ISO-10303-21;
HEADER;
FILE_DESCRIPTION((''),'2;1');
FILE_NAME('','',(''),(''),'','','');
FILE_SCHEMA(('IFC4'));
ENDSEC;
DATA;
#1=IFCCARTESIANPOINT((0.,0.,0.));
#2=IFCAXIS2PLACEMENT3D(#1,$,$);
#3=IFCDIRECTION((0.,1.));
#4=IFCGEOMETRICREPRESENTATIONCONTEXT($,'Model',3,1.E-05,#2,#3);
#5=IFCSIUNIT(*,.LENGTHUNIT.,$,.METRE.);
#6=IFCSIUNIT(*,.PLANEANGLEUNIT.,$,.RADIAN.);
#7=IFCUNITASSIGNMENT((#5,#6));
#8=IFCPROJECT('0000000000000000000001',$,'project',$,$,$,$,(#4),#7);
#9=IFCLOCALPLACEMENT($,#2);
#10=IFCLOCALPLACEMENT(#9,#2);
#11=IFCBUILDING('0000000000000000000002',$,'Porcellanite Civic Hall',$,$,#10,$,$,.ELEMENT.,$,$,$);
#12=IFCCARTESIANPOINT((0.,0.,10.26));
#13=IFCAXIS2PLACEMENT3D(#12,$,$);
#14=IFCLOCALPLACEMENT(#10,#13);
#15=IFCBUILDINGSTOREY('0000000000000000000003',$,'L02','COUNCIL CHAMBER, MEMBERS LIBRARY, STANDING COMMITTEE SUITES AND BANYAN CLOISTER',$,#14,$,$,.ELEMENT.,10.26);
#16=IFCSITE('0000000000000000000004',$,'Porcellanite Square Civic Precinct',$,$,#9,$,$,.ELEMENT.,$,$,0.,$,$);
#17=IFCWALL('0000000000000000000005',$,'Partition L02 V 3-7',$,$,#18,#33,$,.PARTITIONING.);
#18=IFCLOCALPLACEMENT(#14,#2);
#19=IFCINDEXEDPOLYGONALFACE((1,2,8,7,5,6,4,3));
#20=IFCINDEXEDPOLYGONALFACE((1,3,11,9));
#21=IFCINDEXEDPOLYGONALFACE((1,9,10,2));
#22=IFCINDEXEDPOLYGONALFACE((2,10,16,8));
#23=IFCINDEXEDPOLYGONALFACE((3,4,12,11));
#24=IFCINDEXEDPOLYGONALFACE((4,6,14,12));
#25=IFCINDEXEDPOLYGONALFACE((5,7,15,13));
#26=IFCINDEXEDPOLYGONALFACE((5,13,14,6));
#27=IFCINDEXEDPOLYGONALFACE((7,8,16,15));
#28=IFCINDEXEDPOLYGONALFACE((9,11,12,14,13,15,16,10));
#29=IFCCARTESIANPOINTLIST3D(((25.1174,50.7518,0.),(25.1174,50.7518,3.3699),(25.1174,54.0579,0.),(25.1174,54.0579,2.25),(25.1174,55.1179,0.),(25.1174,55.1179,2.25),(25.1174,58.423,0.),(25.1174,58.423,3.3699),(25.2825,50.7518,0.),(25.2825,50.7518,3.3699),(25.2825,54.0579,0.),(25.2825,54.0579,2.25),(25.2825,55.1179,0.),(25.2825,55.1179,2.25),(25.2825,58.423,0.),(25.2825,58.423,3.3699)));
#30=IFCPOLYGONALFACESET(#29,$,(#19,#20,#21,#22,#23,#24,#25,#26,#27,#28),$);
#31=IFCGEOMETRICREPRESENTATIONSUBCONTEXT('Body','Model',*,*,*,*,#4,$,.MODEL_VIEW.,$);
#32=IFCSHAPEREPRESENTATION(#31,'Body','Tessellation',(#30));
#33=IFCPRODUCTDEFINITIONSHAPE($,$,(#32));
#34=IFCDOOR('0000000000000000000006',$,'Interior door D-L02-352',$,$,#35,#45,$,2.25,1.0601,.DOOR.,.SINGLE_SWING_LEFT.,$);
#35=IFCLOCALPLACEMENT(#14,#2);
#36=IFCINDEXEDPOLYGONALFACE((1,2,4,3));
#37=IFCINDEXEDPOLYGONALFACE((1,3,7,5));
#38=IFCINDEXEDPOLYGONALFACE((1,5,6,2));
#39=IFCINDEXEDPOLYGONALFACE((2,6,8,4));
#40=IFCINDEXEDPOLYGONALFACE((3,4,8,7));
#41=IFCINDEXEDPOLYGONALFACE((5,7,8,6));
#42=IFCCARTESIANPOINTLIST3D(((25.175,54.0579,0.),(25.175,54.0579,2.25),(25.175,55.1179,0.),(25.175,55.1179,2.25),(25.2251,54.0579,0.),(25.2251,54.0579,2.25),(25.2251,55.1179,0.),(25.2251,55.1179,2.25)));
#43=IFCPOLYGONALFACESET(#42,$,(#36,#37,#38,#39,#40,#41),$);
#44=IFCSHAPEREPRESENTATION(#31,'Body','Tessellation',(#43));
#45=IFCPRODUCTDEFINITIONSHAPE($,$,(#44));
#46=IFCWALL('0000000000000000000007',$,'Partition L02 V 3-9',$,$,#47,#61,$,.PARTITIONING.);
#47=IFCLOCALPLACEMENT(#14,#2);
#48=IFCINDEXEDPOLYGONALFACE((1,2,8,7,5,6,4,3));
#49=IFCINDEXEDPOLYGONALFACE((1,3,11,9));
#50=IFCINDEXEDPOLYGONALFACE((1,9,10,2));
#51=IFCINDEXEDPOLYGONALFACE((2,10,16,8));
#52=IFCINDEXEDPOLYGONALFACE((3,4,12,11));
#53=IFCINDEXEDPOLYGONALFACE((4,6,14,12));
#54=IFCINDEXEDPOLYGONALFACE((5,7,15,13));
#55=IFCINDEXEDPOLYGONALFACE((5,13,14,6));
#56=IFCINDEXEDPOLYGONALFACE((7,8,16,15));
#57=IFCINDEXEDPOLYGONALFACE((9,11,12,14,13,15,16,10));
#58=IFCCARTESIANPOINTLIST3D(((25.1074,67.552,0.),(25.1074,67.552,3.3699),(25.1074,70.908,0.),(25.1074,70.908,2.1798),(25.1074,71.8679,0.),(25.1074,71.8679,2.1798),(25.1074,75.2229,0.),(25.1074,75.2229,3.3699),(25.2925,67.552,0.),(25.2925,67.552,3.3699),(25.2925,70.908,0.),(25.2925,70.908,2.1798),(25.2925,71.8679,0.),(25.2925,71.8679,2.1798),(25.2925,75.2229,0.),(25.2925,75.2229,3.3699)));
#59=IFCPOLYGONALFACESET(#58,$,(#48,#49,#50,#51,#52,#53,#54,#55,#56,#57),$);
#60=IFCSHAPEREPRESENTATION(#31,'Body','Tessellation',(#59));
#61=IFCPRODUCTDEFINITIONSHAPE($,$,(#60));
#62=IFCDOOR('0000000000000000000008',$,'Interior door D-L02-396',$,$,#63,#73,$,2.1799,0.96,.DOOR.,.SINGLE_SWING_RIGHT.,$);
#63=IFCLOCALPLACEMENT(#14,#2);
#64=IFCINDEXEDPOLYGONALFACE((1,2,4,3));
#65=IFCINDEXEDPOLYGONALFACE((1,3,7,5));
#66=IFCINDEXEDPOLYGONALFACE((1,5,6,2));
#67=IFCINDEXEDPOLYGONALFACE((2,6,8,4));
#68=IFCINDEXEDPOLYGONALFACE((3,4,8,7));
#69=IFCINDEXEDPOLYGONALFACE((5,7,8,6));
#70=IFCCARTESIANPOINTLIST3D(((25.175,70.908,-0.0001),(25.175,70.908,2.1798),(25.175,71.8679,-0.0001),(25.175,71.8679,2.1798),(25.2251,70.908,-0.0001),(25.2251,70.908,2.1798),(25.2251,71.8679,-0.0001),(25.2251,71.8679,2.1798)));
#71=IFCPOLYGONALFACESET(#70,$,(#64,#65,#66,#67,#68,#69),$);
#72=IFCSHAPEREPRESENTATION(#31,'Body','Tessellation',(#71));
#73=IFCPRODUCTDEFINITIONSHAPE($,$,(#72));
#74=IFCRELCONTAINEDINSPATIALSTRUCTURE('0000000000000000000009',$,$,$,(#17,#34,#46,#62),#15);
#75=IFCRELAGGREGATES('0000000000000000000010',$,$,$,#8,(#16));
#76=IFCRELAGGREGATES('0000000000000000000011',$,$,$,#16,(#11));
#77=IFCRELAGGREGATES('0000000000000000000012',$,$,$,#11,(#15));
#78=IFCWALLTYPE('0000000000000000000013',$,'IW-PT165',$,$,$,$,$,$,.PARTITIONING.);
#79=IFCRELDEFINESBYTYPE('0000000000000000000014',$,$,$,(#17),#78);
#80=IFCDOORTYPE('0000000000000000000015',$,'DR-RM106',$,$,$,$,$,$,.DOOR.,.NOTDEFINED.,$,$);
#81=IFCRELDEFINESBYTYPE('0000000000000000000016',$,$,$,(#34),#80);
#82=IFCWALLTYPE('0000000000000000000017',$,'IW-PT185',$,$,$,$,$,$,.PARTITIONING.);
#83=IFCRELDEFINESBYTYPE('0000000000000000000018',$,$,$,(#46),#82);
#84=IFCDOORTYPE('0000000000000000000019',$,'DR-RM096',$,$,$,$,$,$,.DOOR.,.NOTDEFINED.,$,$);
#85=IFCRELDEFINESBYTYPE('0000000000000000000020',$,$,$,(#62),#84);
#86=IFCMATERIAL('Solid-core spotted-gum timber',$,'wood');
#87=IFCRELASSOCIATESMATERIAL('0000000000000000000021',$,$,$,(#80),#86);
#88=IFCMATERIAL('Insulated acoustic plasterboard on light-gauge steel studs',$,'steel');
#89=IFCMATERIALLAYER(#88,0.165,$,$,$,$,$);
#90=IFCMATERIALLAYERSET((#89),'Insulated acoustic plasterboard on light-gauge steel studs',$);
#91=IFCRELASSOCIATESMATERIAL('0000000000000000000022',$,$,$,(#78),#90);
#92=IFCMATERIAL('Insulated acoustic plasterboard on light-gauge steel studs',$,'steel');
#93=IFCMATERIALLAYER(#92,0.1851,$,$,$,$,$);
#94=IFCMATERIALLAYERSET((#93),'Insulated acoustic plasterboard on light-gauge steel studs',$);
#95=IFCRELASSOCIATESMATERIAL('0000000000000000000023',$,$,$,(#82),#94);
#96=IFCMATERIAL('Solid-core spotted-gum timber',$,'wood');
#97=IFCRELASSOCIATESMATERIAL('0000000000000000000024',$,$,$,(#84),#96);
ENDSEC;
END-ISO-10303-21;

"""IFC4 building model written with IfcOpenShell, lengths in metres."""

from ifc_helpers import new_model, si_unit, direction, frame, frame_2d, origin, place, context, subcontext, project, spatial, rectangle, extrude, material, layer, layer_set, type_object, element, fill, save


model = new_model("IFC4")

# Units and contexts
model_context = context("Model", 3, precision=1e-05, world=origin(), true_north=direction((0.0, 1.0)))
body_context = subcontext(model_context, "Body", "Model", "MODEL_VIEW")
ifc_project = project(units=[si_unit("LENGTHUNIT", "METRE"), si_unit("PLANEANGLEUNIT", "RADIAN")], contexts=[model_context])

# Site, building, storey
site_placement = place(None, origin())
site = spatial("IfcSite", under=ifc_project, at=site_placement, Name="Porcellanite Square Civic Precinct", CompositionType="ELEMENT", RefElevation=0.0)
building_placement = place(site_placement, origin())
building = spatial("IfcBuilding", under=site, at=building_placement, Name="Porcellanite Civic Hall", CompositionType="ELEMENT")
storey_placement = place(building_placement, frame((0.0, 0.0, 10.26)))
storey = spatial("IfcBuildingStorey", under=building, at=storey_placement, Name="L02", Description="COUNCIL CHAMBER, MEMBERS LIBRARY, STANDING COMMITTEE SUITES AND BANYAN CLOISTER", CompositionType="ELEMENT", Elevation=10.26)

# Walls, openings, doors
ifc_material_1 = material(Name="Solid-core spotted-gum timber", Category="wood")
door_type_1 = type_object("IfcDoorType", Name="DR-RM106", OperationType="NOTDEFINED", PredefinedType="DOOR", material=ifc_material_1)
ifc_material_2 = material(Name="Insulated acoustic plasterboard on light-gauge steel studs", Category="steel")
ifc_layer_1 = layer(ifc_material_2, 0.165)
ifc_layer_set_1 = layer_set([ifc_layer_1], Name="Insulated acoustic plasterboard on light-gauge steel studs")
wall_type_1 = type_object("IfcWallType", Name="IW-PT165", PredefinedType="PARTITIONING", material=ifc_layer_set_1)
wall_1_placement = place(storey_placement, frame((25.2, 50.752, 0.0), z_axis=(0.0, 0.0, 1.0), x_axis=(0.0, 1.0, 0.0)))
wall_1 = element("IfcWall", 1, at=wall_1_placement, inside=storey, type_object=wall_type_1, Name="Partition L02 V 3-7", PredefinedType="PARTITIONING", context=body_context, shape_type="SweptSolid", body=[
    extrude(rectangle(XDim=7.6711, YDim=0.165, at=frame_2d((3.8354, 0.0))), origin(), (0.0, 0.0, 1.0), 3.3699),
])
opening_1_placement = place(wall_1_placement, frame((3.3059, 0.0, 0.0)))
opening_1 = element("IfcOpeningElement", 2, at=opening_1_placement, cuts=wall_1, PredefinedType="OPENING", context=body_context, shape_type="SweptSolid", body=[
    extrude(rectangle(XDim=1.0601, YDim=2.25, at=frame_2d((0.53, 1.125))), frame((0.0, 0.0825, 0.0), z_axis=(0.0, -1.0, 0.0), x_axis=(1.0, 0.0, 0.0)), (0.0, 0.0, 1.0), 0.165),
])
door_1_placement = place(opening_1_placement, origin())
door_1 = element("IfcDoor", 3, at=door_1_placement, inside=storey, type_object=door_type_1, Name="Interior door D-L02-352", OperationType="SINGLE_SWING_LEFT", OverallHeight=2.25, OverallWidth=1.0601, PredefinedType="DOOR", context=body_context, shape_type="SweptSolid", body=[
    extrude(rectangle(XDim=1.0601, YDim=2.25, at=frame_2d((0.53, 1.125))), frame((0.0, 0.0249, 0.0), z_axis=(0.0, -1.0, 0.0), x_axis=(1.0, 0.0, 0.0)), (0.0, 0.0, 1.0), 0.05),
])
fill(opening_1, door_1)
ifc_material_3 = material(Name="Insulated acoustic plasterboard on light-gauge steel studs", Category="steel")
ifc_layer_2 = layer(ifc_material_3, 0.1851)
ifc_layer_set_2 = layer_set([ifc_layer_2], Name="Insulated acoustic plasterboard on light-gauge steel studs")
wall_type_2 = type_object("IfcWallType", Name="IW-PT185", PredefinedType="PARTITIONING", material=ifc_layer_set_2)
wall_2_placement = place(storey_placement, frame((25.2, 67.552, 0.0), z_axis=(0.0, 0.0, 1.0), x_axis=(0.0, 1.0, 0.0)))
wall_2 = element("IfcWall", 4, at=wall_2_placement, inside=storey, type_object=wall_type_2, Name="Partition L02 V 3-9", PredefinedType="PARTITIONING", context=body_context, shape_type="SweptSolid", body=[
    extrude(rectangle(XDim=7.6709, YDim=0.1851, at=frame_2d((3.8354, 0.0))), origin(), (0.0, 0.0, 1.0), 3.3699),
])
opening_2_placement = place(wall_2_placement, frame((3.356, 0.0, 0.0)))
opening_2 = element("IfcOpeningElement", 5, at=opening_2_placement, cuts=wall_2, PredefinedType="OPENING", context=body_context, shape_type="SweptSolid", body=[
    extrude(rectangle(XDim=0.96, YDim=2.1799, at=frame_2d((0.48, 1.0898))), frame((0.0, 0.0925, 0.0), z_axis=(0.0, -1.0, 0.0), x_axis=(1.0, 0.0, 0.0)), (0.0, 0.0, 1.0), 0.1851),
])
ifc_material_4 = material(Name="Solid-core spotted-gum timber", Category="wood")
door_type_2 = type_object("IfcDoorType", Name="DR-RM096", OperationType="NOTDEFINED", PredefinedType="DOOR", material=ifc_material_4)
door_2_placement = place(opening_2_placement, origin())
door_2 = element("IfcDoor", 6, at=door_2_placement, inside=storey, type_object=door_type_2, Name="Interior door D-L02-396", OperationType="SINGLE_SWING_RIGHT", OverallHeight=2.1799, OverallWidth=0.96, PredefinedType="DOOR", context=body_context, shape_type="SweptSolid", body=[
    extrude(rectangle(XDim=0.96, YDim=2.1799, at=frame_2d((0.48, 1.0898))), frame((0.0, 0.0249, 0.0), z_axis=(0.0, -1.0, 0.0), x_axis=(1.0, 0.0, 0.0)), (0.0, 0.0, 1.0), 0.05),
])
fill(opening_2, door_2)

save(model, "model.ifc")
